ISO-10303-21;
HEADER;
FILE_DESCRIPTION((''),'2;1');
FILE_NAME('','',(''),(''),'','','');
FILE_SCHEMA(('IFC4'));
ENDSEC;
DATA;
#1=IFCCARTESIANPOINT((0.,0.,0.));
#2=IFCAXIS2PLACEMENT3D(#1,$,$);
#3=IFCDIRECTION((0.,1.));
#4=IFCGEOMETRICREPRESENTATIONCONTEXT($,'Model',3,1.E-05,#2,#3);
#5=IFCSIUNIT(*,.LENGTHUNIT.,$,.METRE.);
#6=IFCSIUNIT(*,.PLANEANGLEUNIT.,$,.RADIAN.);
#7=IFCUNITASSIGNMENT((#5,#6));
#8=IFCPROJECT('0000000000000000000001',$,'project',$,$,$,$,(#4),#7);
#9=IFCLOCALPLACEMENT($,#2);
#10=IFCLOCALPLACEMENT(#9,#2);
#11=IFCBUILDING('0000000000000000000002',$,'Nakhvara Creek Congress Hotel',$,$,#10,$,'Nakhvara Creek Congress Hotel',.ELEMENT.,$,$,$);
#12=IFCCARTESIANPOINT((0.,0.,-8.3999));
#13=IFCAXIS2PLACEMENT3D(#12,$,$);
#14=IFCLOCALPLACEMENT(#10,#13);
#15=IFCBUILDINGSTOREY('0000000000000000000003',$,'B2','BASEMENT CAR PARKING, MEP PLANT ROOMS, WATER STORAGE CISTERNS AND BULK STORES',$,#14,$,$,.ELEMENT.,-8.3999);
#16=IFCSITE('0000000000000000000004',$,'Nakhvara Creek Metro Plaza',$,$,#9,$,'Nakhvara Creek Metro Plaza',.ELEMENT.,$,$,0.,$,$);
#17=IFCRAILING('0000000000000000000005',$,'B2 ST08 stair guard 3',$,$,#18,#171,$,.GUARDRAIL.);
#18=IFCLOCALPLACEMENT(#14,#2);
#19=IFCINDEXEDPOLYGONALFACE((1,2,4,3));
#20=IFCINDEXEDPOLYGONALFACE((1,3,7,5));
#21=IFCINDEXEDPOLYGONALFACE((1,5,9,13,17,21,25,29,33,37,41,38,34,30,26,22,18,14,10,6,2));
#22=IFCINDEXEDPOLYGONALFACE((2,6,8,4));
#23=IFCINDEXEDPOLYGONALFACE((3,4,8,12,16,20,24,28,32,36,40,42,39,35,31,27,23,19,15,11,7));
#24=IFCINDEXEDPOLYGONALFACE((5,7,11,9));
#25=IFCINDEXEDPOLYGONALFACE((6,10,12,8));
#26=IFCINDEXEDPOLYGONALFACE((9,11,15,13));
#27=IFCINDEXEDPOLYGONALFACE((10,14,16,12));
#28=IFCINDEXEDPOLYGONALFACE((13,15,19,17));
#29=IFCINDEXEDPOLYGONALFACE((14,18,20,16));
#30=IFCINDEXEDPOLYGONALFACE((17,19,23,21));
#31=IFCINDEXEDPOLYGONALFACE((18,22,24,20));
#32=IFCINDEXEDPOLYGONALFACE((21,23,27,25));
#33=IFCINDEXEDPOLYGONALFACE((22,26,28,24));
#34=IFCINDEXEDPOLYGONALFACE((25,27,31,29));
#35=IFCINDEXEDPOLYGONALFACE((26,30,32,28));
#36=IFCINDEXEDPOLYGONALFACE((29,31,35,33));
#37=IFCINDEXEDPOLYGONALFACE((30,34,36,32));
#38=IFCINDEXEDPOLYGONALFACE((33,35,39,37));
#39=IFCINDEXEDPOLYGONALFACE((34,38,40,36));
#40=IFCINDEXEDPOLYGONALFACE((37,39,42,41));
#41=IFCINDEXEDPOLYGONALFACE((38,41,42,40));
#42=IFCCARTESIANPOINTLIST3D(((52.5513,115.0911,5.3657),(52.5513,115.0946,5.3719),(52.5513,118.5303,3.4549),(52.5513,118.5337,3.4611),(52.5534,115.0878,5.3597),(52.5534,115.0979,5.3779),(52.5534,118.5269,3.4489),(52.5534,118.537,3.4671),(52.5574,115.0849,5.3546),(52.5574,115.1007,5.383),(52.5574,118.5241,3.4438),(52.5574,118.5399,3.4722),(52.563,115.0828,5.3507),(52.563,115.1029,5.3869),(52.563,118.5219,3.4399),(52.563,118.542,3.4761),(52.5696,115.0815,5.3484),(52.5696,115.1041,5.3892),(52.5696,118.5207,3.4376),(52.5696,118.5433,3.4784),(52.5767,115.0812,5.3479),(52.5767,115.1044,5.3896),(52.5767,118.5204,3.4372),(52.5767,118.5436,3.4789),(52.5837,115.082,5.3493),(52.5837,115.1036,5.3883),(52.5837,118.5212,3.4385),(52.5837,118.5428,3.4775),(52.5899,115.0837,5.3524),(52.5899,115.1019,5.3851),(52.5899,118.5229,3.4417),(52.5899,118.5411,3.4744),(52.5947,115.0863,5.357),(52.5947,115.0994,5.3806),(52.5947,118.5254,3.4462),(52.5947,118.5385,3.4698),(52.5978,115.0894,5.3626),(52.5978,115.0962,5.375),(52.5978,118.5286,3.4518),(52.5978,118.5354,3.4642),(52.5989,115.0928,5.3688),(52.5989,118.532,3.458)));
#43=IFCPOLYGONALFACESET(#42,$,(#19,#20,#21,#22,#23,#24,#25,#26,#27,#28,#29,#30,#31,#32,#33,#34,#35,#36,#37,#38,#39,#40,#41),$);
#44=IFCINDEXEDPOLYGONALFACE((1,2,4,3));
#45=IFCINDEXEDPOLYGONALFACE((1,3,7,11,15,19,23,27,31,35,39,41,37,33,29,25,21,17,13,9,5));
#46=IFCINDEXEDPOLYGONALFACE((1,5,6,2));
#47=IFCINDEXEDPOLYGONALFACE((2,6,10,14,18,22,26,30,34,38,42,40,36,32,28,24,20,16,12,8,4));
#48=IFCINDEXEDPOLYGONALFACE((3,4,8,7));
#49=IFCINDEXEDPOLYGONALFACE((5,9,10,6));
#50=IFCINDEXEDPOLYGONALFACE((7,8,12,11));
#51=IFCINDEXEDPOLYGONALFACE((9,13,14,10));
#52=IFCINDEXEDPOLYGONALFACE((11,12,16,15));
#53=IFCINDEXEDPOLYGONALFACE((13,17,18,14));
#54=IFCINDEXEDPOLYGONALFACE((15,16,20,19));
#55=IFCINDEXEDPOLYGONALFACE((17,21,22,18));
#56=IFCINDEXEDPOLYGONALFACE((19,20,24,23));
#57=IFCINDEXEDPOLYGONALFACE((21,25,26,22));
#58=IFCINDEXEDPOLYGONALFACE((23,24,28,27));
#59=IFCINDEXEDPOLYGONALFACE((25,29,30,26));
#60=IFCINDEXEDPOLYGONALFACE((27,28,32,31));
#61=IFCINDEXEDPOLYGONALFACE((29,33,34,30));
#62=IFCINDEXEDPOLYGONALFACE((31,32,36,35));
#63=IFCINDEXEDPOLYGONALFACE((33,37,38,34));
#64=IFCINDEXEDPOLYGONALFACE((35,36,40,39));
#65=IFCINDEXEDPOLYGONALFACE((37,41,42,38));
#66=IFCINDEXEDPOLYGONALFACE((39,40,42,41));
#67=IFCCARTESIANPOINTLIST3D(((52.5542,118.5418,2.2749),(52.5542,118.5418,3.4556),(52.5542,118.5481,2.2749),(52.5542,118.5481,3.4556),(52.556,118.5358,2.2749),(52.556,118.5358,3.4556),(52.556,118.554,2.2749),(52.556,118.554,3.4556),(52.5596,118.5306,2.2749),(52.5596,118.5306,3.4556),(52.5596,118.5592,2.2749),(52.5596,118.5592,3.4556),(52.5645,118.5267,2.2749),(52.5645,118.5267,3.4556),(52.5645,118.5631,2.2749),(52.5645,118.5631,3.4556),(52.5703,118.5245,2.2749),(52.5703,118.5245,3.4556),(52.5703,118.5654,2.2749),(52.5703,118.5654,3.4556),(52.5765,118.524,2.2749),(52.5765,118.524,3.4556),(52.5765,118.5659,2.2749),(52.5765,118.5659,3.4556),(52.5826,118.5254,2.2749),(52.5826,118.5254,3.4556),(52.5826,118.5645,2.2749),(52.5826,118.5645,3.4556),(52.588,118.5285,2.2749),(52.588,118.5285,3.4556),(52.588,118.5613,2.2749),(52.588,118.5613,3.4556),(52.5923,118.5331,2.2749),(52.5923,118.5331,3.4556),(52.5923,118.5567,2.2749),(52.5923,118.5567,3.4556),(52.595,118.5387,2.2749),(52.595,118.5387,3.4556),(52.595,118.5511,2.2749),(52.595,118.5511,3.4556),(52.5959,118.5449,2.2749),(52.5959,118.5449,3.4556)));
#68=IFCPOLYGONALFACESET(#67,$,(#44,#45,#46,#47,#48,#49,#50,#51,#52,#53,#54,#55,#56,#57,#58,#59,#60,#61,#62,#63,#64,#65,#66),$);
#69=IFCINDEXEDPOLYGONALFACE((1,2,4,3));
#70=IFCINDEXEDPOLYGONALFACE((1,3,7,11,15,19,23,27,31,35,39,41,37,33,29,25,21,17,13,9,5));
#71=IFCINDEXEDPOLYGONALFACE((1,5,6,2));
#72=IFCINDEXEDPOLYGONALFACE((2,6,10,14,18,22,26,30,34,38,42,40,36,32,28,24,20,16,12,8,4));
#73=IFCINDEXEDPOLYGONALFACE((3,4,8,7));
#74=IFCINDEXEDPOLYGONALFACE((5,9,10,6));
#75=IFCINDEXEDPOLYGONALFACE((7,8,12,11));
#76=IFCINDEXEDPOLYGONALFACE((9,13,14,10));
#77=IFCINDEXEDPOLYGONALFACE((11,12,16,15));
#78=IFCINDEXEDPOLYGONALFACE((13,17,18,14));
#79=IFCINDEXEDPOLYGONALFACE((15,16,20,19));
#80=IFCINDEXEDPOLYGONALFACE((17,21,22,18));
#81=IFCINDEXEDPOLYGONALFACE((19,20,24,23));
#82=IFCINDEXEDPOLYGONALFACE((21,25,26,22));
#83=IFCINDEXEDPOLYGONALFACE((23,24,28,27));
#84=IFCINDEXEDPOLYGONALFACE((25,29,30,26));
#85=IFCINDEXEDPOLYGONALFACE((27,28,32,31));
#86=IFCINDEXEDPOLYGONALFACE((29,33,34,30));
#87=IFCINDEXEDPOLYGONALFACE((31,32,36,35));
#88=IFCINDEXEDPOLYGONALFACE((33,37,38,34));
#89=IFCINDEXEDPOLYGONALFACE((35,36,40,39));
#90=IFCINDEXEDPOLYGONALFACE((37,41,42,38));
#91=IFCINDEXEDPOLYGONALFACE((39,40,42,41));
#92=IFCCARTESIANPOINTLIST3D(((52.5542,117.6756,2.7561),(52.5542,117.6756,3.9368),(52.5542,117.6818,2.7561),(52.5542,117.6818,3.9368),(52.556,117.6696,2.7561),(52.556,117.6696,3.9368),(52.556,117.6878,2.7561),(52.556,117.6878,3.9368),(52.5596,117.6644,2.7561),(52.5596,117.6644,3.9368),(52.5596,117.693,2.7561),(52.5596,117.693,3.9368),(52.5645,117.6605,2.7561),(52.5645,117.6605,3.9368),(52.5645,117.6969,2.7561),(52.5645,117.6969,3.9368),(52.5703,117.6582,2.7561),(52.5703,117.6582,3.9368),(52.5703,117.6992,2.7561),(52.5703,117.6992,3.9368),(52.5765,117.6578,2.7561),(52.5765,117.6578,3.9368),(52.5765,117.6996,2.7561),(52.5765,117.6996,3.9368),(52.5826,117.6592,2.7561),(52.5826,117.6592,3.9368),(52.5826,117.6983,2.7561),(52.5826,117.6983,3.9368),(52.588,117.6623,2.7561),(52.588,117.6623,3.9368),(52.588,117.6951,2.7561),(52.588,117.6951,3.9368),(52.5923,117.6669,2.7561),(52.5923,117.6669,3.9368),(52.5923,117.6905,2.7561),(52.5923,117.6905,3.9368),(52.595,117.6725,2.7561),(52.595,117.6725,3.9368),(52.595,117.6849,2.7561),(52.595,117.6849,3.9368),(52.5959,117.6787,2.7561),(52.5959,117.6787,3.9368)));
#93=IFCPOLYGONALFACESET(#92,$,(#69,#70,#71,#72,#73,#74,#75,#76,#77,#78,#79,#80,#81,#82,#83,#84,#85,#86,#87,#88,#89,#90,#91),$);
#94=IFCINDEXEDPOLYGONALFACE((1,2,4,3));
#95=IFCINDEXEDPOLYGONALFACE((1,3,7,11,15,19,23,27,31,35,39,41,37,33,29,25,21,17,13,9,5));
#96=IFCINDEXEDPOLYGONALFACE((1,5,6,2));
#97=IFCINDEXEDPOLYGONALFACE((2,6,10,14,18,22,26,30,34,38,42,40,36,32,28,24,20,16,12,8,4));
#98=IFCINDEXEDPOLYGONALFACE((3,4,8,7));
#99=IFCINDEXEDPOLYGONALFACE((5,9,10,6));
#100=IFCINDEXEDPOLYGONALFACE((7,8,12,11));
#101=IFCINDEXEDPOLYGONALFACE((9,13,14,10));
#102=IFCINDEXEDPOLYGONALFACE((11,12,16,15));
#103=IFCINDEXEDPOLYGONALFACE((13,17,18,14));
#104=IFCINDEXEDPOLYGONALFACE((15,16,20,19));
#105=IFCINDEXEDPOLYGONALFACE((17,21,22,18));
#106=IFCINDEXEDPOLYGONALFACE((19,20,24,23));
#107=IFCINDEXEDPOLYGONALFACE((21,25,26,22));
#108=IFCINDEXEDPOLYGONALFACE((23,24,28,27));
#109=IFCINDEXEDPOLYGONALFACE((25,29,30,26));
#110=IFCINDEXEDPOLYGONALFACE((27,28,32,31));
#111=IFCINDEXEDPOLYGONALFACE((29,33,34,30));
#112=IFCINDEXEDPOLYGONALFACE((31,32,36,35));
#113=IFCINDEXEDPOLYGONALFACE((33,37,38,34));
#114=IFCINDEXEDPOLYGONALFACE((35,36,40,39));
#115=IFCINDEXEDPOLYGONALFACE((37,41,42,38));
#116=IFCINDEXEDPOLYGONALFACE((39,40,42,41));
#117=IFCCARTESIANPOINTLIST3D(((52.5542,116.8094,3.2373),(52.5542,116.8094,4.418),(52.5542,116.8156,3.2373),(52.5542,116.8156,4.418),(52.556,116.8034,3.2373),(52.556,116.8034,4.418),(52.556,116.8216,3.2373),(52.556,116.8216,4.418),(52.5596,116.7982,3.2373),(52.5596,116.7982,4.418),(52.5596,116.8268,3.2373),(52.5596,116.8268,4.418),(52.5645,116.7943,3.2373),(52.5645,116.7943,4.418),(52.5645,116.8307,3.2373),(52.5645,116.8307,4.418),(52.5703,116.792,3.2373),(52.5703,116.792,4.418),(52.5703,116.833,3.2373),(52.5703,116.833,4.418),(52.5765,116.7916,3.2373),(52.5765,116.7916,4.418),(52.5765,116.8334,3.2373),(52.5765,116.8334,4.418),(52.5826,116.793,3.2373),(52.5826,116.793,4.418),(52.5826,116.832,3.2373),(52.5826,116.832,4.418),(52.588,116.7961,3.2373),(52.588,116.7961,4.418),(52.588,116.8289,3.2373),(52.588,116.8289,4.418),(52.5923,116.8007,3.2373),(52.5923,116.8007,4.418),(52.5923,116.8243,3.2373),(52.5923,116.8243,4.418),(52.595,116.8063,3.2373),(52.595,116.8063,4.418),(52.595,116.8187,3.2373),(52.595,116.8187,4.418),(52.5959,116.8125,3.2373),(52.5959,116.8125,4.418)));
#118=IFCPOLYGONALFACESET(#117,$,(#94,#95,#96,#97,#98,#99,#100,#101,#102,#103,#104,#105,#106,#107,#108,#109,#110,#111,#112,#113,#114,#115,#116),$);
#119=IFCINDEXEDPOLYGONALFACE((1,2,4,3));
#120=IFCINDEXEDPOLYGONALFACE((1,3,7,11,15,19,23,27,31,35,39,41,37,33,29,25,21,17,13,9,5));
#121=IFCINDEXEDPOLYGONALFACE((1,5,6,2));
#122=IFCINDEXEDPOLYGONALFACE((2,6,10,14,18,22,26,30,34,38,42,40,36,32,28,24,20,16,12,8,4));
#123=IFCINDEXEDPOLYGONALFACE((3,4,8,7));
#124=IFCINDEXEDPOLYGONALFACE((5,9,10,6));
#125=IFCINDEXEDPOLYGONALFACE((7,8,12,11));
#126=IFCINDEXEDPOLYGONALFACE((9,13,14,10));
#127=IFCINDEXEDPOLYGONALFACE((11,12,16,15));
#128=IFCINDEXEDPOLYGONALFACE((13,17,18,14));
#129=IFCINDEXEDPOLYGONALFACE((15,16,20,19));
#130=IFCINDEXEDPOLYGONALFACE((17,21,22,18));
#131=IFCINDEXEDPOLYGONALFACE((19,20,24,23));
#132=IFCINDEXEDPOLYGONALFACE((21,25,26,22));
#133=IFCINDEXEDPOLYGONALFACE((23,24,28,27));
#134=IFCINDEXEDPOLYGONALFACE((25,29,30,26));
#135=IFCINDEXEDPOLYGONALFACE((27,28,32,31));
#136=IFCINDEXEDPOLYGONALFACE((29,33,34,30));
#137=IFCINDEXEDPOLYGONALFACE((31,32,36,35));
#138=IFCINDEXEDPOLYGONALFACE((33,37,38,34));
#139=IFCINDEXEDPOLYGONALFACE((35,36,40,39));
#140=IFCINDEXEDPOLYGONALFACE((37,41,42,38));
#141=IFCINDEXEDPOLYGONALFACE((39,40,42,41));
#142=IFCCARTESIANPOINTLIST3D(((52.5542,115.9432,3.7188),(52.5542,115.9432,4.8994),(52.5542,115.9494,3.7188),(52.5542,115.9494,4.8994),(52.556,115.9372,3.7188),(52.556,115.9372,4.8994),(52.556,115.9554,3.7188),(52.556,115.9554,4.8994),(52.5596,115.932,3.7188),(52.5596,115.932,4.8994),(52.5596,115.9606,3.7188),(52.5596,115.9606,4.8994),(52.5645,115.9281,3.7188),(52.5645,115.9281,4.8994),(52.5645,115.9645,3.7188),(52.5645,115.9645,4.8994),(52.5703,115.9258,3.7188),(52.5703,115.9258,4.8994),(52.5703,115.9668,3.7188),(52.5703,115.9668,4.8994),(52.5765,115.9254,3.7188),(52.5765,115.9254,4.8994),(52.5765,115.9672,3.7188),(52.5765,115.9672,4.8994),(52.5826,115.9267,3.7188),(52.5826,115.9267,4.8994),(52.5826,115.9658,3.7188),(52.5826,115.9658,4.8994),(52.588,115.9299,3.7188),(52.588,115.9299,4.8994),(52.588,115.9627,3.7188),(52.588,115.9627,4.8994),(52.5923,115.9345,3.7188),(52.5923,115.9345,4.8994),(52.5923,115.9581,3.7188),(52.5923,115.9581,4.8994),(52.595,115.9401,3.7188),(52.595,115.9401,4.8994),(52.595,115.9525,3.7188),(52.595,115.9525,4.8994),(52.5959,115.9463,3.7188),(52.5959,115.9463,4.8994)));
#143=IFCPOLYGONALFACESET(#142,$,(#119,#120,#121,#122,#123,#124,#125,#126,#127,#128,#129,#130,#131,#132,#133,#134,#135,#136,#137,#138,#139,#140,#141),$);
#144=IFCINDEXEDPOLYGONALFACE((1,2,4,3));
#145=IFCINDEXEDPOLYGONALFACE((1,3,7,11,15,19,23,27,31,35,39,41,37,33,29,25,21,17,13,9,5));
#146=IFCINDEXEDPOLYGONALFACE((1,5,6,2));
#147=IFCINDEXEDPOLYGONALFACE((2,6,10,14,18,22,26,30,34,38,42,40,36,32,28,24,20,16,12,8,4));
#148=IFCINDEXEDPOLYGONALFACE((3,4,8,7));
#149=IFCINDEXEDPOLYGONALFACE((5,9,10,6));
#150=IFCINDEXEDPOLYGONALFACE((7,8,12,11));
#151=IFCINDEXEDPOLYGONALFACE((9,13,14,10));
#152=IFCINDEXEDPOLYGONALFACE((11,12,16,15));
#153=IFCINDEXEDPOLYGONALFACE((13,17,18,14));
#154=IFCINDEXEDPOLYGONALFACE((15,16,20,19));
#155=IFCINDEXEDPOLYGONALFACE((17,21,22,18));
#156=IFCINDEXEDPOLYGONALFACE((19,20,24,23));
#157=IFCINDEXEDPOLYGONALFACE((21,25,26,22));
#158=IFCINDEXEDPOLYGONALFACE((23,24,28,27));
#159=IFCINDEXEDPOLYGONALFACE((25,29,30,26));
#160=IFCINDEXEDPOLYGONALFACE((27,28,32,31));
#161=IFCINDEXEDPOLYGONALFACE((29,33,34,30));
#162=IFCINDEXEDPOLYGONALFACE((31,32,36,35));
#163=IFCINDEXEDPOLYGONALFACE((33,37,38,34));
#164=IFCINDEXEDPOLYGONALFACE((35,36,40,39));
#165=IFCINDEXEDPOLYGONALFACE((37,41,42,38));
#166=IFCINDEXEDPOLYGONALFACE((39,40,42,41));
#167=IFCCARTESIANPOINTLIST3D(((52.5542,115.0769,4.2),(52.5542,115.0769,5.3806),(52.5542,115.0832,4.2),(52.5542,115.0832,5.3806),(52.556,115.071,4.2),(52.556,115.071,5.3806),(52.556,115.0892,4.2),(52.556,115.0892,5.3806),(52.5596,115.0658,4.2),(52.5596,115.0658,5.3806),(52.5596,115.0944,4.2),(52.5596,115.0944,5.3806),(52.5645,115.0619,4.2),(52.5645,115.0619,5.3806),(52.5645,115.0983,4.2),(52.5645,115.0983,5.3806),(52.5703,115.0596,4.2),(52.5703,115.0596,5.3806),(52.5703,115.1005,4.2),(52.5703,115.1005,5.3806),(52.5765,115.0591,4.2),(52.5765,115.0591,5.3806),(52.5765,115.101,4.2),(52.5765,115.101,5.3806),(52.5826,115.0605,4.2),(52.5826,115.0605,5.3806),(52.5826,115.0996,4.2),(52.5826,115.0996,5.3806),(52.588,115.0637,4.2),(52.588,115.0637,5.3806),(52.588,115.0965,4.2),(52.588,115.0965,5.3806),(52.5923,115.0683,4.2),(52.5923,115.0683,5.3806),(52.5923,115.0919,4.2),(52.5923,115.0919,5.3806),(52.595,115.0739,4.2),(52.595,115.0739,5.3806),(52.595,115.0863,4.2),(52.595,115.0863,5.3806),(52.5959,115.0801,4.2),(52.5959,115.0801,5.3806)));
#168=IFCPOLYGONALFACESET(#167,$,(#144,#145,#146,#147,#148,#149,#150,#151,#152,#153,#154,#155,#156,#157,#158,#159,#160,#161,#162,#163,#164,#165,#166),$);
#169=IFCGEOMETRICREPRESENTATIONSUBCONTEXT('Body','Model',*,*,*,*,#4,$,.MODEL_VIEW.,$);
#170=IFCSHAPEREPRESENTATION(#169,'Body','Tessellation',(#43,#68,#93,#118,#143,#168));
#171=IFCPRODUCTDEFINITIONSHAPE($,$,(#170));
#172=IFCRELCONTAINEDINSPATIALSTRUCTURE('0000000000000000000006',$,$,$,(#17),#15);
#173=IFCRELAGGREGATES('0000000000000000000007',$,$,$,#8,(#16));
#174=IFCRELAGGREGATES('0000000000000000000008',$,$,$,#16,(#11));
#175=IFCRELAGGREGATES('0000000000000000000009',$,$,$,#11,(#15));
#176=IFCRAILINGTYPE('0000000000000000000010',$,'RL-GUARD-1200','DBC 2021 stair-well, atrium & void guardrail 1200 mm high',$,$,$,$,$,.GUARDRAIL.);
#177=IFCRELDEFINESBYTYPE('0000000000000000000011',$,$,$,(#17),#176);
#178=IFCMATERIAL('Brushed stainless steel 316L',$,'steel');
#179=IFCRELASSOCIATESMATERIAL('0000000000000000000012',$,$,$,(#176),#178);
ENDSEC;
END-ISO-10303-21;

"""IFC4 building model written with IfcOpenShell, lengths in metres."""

from ifc_helpers import new_model, si_unit, direction, frame, origin, origin_2d, place, context, subcontext, project, spatial, circle, extrude, material, type_object, element, save


model = new_model("IFC4")

# Units and contexts
model_context = context("Model", 3, precision=1e-05, world=origin(), true_north=direction((0.0, 1.0)))
body_context = subcontext(model_context, "Body", "Model", "MODEL_VIEW")
ifc_project = project(units=[si_unit("LENGTHUNIT", "METRE"), si_unit("PLANEANGLEUNIT", "RADIAN")], contexts=[model_context])

# Site, building, storey
site_placement = place(None, origin())
site = spatial("IfcSite", under=ifc_project, at=site_placement, Name="Nakhvara Creek Metro Plaza", LongName="Nakhvara Creek Metro Plaza", CompositionType="ELEMENT", RefElevation=0.0)
building_placement = place(site_placement, origin())
building = spatial("IfcBuilding", under=site, at=building_placement, Name="Nakhvara Creek Congress Hotel", LongName="Nakhvara Creek Congress Hotel", CompositionType="ELEMENT")
storey_placement = place(building_placement, frame((0.0, 0.0, -8.3999)))
storey = spatial("IfcBuildingStorey", under=building, at=storey_placement, Name="B2", Description="BASEMENT CAR PARKING, MEP PLANT ROOMS, WATER STORAGE CISTERNS AND BULK STORES", CompositionType="ELEMENT", Elevation=-8.3999)

# Railing
ifc_material_1 = material(Name="Brushed stainless steel 316L", Category="steel")
railing_type_1 = type_object("IfcRailingType", Name="RL-GUARD-1200", Description="DBC 2021 stair-well, atrium & void guardrail 1200 mm high", PredefinedType="GUARDRAIL", material=ifc_material_1)
railing_1_placement = place(storey_placement, frame((52.575, 118.5449, 2.2749)))
element("IfcRailing", 1, at=railing_1_placement, inside=storey, type_object=railing_type_1, Name="B2 ST08 stair guard 3", PredefinedType="GUARDRAIL", context=body_context, shape_type="SweptSolid", body=[
    extrude(circle(Radius=0.0239, at=origin_2d()), frame((0.0, -0.0129, 1.1831), z_axis=(0.0, -0.874143, 0.485669), x_axis=(1.0, 0.0, 0.0)), (0.0, 0.0, 1.0), 3.9343),
    extrude(circle(Radius=0.021, at=origin_2d()), origin(), (0.0, 0.0, 1.0), 1.1807),
    extrude(circle(Radius=0.021, at=origin_2d()), frame((0.0, -0.8662, 0.4812)), (0.0, 0.0, 1.0), 1.1807),
    extrude(circle(Radius=0.021, at=origin_2d()), frame((0.0, -1.7324, 0.9624)), (0.0, 0.0, 1.0), 1.1807),
    extrude(circle(Radius=0.021, at=origin_2d()), frame((0.0, -2.5986, 1.4438)), (0.0, 0.0, 1.0), 1.1807),
    extrude(circle(Radius=0.021, at=origin_2d()), frame((0.0, -3.4648, 1.925)), (0.0, 0.0, 1.0), 1.1807),
])

save(model, "model.ifc")
